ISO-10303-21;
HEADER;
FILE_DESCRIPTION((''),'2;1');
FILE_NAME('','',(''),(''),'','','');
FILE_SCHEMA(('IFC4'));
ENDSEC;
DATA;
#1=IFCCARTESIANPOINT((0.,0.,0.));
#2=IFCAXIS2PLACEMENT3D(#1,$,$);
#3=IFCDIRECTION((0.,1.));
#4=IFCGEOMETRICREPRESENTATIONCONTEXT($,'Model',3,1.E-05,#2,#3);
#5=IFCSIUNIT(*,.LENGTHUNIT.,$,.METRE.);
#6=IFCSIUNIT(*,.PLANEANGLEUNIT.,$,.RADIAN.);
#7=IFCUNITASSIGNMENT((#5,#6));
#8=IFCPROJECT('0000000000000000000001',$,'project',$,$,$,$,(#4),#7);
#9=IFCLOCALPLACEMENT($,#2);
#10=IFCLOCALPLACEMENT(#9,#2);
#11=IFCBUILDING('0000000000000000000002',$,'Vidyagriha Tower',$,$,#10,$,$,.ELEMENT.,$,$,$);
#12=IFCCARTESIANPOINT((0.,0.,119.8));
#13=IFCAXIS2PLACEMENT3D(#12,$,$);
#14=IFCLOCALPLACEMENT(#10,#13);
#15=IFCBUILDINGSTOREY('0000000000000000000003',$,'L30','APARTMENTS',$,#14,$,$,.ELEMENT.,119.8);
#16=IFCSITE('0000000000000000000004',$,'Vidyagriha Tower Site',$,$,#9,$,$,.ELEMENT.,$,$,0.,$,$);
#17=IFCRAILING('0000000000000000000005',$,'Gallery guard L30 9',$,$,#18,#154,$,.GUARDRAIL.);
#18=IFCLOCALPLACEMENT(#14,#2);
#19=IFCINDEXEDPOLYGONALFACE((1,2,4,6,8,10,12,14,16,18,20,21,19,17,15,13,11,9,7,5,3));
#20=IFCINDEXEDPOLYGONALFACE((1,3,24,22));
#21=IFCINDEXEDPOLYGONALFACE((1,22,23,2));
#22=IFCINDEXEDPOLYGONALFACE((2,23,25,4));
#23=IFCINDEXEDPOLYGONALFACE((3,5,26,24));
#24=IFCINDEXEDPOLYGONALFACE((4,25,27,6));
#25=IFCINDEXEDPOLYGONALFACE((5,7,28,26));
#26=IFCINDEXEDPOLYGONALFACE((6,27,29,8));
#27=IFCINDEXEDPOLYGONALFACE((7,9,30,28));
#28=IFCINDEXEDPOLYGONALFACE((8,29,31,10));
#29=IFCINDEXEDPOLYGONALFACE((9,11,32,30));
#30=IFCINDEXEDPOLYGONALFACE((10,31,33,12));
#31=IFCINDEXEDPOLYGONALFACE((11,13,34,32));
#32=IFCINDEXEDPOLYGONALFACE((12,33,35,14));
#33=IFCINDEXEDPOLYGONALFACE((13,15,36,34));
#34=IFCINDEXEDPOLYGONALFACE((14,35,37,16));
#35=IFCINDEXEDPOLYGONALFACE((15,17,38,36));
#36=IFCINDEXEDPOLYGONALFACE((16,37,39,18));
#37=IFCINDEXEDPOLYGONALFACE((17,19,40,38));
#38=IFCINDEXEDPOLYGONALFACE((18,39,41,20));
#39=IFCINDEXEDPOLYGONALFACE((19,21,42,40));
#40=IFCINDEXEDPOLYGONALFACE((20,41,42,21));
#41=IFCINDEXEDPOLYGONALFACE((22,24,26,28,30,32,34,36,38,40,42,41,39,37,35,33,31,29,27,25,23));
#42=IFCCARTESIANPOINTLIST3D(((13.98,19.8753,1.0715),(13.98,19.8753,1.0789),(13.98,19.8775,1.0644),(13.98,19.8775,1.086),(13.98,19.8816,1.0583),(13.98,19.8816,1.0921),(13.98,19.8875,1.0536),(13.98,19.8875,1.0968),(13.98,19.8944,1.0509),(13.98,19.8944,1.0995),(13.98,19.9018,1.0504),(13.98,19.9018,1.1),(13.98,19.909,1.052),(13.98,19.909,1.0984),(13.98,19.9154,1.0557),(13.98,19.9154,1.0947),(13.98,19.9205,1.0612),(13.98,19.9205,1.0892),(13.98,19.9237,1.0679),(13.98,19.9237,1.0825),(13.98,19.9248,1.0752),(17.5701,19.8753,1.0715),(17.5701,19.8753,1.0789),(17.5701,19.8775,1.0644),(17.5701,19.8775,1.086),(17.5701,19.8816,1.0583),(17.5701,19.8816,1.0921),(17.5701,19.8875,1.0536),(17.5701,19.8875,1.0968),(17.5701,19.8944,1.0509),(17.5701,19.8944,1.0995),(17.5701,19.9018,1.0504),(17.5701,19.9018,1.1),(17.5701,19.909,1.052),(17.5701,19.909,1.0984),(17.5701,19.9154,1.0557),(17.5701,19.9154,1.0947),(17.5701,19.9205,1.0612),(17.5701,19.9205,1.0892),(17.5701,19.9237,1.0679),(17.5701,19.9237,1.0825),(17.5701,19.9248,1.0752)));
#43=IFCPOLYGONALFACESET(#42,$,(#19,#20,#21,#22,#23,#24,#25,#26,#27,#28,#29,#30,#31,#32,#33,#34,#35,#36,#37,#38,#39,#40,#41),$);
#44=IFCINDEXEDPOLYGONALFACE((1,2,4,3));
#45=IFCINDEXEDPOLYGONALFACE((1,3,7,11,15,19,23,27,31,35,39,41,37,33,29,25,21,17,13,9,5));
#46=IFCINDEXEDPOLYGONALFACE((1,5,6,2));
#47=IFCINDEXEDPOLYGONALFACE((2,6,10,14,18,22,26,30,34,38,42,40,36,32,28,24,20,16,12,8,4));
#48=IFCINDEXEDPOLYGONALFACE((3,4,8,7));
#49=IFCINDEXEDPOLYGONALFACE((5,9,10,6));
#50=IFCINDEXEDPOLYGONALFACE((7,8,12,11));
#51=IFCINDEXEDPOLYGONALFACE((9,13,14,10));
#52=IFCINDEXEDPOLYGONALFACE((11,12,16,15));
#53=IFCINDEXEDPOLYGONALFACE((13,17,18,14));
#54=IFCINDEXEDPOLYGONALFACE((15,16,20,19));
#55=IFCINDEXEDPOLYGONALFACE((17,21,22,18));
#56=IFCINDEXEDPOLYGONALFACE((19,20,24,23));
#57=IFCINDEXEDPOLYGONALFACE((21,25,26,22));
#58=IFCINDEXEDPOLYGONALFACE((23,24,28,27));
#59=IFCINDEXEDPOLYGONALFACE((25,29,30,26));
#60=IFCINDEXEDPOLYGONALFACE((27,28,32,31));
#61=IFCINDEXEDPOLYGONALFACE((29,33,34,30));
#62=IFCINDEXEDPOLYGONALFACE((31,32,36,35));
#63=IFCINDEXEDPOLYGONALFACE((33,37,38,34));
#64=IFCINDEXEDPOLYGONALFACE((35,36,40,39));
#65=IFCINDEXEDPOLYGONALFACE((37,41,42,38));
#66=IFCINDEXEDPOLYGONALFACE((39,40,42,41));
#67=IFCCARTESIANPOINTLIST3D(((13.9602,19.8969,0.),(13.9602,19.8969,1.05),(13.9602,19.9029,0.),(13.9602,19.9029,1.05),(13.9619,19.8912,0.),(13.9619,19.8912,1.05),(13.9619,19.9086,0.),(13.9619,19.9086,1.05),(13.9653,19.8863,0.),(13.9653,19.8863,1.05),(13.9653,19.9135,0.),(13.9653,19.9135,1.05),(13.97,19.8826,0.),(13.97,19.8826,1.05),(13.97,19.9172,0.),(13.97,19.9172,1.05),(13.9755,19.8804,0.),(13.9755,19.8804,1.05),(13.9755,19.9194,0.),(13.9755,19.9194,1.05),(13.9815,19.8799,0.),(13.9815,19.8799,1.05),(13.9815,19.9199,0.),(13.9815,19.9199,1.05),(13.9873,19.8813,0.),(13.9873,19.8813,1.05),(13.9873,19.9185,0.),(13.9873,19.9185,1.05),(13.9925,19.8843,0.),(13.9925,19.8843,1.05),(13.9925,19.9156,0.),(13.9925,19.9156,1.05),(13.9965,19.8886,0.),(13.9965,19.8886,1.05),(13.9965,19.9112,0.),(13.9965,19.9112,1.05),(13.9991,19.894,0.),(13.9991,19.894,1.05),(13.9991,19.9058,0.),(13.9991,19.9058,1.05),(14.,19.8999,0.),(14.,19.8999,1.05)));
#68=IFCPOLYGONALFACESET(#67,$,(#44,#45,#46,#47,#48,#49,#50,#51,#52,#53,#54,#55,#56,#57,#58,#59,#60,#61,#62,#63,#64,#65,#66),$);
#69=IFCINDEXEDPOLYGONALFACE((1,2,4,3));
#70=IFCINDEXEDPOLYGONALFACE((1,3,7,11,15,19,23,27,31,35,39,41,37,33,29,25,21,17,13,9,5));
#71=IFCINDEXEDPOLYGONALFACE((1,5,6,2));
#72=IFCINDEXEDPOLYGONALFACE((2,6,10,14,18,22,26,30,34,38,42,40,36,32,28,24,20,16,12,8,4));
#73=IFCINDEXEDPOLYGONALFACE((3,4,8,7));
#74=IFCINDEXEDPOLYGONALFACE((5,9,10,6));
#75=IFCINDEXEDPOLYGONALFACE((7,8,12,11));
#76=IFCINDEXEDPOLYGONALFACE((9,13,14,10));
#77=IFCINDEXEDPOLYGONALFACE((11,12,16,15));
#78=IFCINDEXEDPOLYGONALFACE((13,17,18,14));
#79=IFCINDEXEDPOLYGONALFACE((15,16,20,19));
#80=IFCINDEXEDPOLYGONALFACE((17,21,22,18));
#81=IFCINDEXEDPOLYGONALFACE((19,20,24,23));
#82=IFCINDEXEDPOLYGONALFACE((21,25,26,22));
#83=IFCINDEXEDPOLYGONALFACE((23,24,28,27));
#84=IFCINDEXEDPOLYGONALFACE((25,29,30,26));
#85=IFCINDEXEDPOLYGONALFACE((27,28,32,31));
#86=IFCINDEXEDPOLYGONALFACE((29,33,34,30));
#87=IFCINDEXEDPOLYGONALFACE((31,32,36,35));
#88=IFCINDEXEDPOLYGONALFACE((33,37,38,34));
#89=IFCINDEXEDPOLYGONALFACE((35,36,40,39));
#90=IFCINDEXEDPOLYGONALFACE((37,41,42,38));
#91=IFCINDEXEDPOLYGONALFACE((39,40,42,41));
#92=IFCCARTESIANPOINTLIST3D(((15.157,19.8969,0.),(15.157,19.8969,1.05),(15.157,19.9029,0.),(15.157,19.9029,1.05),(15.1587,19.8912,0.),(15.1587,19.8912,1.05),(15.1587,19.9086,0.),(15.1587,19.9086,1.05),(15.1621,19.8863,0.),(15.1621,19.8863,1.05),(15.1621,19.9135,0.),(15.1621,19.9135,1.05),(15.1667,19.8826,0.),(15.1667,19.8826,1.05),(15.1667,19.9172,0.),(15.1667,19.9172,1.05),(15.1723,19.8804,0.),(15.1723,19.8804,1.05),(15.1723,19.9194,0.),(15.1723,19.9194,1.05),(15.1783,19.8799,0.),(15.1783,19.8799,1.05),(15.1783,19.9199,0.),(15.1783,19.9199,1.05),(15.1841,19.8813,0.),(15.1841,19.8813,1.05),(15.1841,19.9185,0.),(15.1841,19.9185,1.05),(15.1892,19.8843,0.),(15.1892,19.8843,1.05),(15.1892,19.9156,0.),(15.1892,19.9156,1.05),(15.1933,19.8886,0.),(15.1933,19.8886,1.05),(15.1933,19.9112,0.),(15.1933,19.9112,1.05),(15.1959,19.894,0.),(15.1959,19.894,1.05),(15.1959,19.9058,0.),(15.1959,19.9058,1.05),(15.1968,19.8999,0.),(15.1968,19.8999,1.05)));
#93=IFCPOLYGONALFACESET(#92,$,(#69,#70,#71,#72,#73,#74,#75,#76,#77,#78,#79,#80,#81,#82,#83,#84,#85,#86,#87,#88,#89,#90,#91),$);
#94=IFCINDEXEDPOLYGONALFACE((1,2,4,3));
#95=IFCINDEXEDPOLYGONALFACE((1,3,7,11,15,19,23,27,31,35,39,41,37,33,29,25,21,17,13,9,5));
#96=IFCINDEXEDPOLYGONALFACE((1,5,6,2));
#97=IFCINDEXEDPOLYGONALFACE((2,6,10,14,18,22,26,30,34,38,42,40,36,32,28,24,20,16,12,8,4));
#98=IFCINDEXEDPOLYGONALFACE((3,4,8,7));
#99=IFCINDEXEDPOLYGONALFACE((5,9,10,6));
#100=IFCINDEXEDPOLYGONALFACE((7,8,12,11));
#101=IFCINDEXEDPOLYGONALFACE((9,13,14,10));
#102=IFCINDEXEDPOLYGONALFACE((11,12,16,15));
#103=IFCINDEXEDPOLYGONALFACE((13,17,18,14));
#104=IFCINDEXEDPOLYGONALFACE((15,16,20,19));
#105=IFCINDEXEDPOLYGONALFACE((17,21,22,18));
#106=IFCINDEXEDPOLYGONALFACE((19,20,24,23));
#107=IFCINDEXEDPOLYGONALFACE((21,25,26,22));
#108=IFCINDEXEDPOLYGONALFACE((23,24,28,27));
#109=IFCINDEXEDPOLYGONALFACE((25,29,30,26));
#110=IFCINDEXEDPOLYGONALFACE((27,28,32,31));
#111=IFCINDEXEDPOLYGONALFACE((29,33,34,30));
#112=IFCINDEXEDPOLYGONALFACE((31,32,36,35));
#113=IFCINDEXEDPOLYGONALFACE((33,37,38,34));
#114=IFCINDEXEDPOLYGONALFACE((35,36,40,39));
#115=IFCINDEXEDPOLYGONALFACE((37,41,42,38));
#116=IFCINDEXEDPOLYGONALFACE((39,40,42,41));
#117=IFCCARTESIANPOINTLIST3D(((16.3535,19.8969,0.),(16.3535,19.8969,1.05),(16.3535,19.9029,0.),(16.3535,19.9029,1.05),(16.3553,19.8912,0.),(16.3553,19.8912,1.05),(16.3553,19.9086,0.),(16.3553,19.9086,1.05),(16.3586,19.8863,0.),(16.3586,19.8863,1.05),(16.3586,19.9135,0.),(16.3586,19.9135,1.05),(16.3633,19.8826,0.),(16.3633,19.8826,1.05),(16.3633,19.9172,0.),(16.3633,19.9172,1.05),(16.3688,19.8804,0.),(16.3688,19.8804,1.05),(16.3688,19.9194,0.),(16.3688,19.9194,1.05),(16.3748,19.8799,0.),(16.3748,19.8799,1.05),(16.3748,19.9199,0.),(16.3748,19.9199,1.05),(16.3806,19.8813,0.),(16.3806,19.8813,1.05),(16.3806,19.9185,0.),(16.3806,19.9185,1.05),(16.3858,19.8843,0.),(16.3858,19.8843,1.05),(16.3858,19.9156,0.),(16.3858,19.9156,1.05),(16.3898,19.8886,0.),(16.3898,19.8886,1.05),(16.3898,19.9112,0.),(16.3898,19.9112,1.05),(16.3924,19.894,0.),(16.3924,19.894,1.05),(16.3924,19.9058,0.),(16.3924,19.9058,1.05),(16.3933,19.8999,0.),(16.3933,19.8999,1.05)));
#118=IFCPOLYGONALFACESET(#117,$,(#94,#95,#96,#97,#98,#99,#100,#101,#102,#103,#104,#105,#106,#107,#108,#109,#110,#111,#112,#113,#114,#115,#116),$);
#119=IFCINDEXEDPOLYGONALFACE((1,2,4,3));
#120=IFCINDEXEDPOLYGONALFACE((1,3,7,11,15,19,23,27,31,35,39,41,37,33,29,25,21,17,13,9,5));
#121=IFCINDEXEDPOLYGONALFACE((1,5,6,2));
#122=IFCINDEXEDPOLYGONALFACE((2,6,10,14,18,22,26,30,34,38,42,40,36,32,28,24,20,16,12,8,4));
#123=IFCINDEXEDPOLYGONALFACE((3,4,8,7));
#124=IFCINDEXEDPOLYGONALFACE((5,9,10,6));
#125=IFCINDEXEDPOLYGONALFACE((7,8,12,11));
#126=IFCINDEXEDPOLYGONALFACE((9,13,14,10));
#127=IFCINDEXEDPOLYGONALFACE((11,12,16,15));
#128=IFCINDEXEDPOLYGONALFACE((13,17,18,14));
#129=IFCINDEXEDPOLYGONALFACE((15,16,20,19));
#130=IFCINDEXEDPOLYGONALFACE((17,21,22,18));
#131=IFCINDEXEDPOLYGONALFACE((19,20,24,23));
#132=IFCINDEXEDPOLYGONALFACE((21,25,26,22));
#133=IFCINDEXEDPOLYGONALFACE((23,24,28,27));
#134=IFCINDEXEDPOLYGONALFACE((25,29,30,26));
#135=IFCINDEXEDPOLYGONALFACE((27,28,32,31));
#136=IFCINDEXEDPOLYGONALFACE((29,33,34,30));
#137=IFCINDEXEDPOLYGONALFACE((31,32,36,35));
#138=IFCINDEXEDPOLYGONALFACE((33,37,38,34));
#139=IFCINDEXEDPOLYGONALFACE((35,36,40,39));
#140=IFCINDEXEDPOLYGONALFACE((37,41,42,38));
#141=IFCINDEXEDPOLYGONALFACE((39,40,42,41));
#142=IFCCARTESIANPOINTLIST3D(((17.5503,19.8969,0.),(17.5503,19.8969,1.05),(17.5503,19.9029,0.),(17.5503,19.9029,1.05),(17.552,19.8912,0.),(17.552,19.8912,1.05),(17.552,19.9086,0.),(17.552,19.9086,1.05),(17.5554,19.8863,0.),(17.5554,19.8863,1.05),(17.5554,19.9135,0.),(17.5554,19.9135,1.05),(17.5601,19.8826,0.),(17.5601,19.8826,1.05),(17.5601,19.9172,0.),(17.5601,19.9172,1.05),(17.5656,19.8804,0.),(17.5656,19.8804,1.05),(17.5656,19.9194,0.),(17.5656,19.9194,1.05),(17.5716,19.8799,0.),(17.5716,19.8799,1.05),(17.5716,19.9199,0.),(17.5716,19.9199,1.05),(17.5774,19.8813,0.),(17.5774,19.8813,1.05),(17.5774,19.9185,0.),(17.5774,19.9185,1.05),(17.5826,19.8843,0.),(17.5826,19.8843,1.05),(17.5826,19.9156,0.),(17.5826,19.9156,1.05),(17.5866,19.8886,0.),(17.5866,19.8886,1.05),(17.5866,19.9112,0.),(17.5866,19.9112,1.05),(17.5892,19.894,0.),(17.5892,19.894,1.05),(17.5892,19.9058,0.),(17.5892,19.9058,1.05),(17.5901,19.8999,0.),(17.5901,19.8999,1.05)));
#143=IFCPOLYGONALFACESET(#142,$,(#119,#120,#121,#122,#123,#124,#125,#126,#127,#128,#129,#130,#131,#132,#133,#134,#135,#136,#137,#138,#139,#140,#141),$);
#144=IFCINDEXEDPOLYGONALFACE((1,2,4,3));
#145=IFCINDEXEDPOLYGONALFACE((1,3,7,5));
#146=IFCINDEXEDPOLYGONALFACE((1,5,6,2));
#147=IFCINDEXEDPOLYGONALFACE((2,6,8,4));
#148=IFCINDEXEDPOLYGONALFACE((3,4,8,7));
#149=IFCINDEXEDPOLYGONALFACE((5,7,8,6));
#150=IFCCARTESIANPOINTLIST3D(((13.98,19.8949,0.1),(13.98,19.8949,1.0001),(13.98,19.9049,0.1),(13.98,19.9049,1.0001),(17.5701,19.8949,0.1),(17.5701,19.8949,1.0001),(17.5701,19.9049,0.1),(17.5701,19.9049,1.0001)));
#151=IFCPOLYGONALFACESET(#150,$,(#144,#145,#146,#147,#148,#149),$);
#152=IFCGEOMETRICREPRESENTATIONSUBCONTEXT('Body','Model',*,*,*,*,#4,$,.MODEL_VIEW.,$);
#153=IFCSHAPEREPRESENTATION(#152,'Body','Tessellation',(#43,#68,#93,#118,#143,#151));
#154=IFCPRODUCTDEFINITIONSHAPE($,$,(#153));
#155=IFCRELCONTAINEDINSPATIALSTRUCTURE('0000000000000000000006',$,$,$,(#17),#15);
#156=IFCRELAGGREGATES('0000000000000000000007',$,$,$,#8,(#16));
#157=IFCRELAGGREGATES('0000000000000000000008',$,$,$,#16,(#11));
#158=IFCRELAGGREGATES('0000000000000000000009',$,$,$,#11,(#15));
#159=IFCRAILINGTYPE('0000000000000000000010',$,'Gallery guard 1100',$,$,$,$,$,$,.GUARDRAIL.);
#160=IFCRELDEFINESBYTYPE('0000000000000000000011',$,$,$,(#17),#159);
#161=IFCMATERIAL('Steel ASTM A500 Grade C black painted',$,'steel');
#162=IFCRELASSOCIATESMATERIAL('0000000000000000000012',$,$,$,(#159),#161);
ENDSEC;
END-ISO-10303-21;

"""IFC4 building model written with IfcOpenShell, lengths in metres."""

from ifc_helpers import new_model, si_unit, direction, frame, origin, origin_2d, place, context, subcontext, project, spatial, rectangle, circle, extrude, material, type_object, element, save


model = new_model("IFC4")

# Units and contexts
model_context = context("Model", 3, precision=1e-05, world=origin(), true_north=direction((0.0, 1.0)))
body_context = subcontext(model_context, "Body", "Model", "MODEL_VIEW")
ifc_project = project(units=[si_unit("LENGTHUNIT", "METRE"), si_unit("PLANEANGLEUNIT", "RADIAN")], contexts=[model_context])

# Site, building, storey
site_placement = place(None, origin())
site = spatial("IfcSite", under=ifc_project, at=site_placement, Name="Vidyagriha Tower Site", CompositionType="ELEMENT", RefElevation=0.0)
building_placement = place(site_placement, origin())
building = spatial("IfcBuilding", under=site, at=building_placement, Name="Vidyagriha Tower", CompositionType="ELEMENT")
storey_placement = place(building_placement, frame((0.0, 0.0, 119.8)))
storey = spatial("IfcBuildingStorey", under=building, at=storey_placement, Name="L30", Description="APARTMENTS", CompositionType="ELEMENT", Elevation=119.8)

# Railing
ifc_material_1 = material(Name="Steel ASTM A500 Grade C black painted", Category="steel")
railing_type_1 = type_object("IfcRailingType", Name="Gallery guard 1100", PredefinedType="GUARDRAIL", material=ifc_material_1)
railing_1_placement = place(storey_placement, frame((13.98, 19.8999, 0.0)))
element("IfcRailing", 1, at=railing_1_placement, inside=storey, type_object=railing_type_1, Name="Gallery guard L30 9", PredefinedType="GUARDRAIL", context=body_context, shape_type="SweptSolid", body=[
    extrude(circle(Radius=0.0249, at=origin_2d()), frame((0.0, 0.0, 1.0752), z_axis=(1.0, 0.0, 0.0), x_axis=(0.0, 1.0, 0.0)), (0.0, 0.0, 1.0), 3.5901),
    extrude(circle(Radius=0.02, at=origin_2d()), origin(), (0.0, 0.0, 1.0), 1.05),
    extrude(circle(Radius=0.02, at=origin_2d()), frame((1.1968, 0.0, 0.0)), (0.0, 0.0, 1.0), 1.05),
    extrude(circle(Radius=0.02, at=origin_2d()), frame((2.3933, 0.0, 0.0)), (0.0, 0.0, 1.0), 1.05),
    extrude(circle(Radius=0.02, at=origin_2d()), frame((3.5901, 0.0, 0.0)), (0.0, 0.0, 1.0), 1.05),
    extrude(rectangle(XDim=0.01, YDim=0.9001, at=origin_2d()), frame((0.0, 0.0, 0.55), z_axis=(1.0, 0.0, 0.0), x_axis=(0.0, 1.0, 0.0)), (0.0, 0.0, 1.0), 3.5901),
])

save(model, "model.ifc")
